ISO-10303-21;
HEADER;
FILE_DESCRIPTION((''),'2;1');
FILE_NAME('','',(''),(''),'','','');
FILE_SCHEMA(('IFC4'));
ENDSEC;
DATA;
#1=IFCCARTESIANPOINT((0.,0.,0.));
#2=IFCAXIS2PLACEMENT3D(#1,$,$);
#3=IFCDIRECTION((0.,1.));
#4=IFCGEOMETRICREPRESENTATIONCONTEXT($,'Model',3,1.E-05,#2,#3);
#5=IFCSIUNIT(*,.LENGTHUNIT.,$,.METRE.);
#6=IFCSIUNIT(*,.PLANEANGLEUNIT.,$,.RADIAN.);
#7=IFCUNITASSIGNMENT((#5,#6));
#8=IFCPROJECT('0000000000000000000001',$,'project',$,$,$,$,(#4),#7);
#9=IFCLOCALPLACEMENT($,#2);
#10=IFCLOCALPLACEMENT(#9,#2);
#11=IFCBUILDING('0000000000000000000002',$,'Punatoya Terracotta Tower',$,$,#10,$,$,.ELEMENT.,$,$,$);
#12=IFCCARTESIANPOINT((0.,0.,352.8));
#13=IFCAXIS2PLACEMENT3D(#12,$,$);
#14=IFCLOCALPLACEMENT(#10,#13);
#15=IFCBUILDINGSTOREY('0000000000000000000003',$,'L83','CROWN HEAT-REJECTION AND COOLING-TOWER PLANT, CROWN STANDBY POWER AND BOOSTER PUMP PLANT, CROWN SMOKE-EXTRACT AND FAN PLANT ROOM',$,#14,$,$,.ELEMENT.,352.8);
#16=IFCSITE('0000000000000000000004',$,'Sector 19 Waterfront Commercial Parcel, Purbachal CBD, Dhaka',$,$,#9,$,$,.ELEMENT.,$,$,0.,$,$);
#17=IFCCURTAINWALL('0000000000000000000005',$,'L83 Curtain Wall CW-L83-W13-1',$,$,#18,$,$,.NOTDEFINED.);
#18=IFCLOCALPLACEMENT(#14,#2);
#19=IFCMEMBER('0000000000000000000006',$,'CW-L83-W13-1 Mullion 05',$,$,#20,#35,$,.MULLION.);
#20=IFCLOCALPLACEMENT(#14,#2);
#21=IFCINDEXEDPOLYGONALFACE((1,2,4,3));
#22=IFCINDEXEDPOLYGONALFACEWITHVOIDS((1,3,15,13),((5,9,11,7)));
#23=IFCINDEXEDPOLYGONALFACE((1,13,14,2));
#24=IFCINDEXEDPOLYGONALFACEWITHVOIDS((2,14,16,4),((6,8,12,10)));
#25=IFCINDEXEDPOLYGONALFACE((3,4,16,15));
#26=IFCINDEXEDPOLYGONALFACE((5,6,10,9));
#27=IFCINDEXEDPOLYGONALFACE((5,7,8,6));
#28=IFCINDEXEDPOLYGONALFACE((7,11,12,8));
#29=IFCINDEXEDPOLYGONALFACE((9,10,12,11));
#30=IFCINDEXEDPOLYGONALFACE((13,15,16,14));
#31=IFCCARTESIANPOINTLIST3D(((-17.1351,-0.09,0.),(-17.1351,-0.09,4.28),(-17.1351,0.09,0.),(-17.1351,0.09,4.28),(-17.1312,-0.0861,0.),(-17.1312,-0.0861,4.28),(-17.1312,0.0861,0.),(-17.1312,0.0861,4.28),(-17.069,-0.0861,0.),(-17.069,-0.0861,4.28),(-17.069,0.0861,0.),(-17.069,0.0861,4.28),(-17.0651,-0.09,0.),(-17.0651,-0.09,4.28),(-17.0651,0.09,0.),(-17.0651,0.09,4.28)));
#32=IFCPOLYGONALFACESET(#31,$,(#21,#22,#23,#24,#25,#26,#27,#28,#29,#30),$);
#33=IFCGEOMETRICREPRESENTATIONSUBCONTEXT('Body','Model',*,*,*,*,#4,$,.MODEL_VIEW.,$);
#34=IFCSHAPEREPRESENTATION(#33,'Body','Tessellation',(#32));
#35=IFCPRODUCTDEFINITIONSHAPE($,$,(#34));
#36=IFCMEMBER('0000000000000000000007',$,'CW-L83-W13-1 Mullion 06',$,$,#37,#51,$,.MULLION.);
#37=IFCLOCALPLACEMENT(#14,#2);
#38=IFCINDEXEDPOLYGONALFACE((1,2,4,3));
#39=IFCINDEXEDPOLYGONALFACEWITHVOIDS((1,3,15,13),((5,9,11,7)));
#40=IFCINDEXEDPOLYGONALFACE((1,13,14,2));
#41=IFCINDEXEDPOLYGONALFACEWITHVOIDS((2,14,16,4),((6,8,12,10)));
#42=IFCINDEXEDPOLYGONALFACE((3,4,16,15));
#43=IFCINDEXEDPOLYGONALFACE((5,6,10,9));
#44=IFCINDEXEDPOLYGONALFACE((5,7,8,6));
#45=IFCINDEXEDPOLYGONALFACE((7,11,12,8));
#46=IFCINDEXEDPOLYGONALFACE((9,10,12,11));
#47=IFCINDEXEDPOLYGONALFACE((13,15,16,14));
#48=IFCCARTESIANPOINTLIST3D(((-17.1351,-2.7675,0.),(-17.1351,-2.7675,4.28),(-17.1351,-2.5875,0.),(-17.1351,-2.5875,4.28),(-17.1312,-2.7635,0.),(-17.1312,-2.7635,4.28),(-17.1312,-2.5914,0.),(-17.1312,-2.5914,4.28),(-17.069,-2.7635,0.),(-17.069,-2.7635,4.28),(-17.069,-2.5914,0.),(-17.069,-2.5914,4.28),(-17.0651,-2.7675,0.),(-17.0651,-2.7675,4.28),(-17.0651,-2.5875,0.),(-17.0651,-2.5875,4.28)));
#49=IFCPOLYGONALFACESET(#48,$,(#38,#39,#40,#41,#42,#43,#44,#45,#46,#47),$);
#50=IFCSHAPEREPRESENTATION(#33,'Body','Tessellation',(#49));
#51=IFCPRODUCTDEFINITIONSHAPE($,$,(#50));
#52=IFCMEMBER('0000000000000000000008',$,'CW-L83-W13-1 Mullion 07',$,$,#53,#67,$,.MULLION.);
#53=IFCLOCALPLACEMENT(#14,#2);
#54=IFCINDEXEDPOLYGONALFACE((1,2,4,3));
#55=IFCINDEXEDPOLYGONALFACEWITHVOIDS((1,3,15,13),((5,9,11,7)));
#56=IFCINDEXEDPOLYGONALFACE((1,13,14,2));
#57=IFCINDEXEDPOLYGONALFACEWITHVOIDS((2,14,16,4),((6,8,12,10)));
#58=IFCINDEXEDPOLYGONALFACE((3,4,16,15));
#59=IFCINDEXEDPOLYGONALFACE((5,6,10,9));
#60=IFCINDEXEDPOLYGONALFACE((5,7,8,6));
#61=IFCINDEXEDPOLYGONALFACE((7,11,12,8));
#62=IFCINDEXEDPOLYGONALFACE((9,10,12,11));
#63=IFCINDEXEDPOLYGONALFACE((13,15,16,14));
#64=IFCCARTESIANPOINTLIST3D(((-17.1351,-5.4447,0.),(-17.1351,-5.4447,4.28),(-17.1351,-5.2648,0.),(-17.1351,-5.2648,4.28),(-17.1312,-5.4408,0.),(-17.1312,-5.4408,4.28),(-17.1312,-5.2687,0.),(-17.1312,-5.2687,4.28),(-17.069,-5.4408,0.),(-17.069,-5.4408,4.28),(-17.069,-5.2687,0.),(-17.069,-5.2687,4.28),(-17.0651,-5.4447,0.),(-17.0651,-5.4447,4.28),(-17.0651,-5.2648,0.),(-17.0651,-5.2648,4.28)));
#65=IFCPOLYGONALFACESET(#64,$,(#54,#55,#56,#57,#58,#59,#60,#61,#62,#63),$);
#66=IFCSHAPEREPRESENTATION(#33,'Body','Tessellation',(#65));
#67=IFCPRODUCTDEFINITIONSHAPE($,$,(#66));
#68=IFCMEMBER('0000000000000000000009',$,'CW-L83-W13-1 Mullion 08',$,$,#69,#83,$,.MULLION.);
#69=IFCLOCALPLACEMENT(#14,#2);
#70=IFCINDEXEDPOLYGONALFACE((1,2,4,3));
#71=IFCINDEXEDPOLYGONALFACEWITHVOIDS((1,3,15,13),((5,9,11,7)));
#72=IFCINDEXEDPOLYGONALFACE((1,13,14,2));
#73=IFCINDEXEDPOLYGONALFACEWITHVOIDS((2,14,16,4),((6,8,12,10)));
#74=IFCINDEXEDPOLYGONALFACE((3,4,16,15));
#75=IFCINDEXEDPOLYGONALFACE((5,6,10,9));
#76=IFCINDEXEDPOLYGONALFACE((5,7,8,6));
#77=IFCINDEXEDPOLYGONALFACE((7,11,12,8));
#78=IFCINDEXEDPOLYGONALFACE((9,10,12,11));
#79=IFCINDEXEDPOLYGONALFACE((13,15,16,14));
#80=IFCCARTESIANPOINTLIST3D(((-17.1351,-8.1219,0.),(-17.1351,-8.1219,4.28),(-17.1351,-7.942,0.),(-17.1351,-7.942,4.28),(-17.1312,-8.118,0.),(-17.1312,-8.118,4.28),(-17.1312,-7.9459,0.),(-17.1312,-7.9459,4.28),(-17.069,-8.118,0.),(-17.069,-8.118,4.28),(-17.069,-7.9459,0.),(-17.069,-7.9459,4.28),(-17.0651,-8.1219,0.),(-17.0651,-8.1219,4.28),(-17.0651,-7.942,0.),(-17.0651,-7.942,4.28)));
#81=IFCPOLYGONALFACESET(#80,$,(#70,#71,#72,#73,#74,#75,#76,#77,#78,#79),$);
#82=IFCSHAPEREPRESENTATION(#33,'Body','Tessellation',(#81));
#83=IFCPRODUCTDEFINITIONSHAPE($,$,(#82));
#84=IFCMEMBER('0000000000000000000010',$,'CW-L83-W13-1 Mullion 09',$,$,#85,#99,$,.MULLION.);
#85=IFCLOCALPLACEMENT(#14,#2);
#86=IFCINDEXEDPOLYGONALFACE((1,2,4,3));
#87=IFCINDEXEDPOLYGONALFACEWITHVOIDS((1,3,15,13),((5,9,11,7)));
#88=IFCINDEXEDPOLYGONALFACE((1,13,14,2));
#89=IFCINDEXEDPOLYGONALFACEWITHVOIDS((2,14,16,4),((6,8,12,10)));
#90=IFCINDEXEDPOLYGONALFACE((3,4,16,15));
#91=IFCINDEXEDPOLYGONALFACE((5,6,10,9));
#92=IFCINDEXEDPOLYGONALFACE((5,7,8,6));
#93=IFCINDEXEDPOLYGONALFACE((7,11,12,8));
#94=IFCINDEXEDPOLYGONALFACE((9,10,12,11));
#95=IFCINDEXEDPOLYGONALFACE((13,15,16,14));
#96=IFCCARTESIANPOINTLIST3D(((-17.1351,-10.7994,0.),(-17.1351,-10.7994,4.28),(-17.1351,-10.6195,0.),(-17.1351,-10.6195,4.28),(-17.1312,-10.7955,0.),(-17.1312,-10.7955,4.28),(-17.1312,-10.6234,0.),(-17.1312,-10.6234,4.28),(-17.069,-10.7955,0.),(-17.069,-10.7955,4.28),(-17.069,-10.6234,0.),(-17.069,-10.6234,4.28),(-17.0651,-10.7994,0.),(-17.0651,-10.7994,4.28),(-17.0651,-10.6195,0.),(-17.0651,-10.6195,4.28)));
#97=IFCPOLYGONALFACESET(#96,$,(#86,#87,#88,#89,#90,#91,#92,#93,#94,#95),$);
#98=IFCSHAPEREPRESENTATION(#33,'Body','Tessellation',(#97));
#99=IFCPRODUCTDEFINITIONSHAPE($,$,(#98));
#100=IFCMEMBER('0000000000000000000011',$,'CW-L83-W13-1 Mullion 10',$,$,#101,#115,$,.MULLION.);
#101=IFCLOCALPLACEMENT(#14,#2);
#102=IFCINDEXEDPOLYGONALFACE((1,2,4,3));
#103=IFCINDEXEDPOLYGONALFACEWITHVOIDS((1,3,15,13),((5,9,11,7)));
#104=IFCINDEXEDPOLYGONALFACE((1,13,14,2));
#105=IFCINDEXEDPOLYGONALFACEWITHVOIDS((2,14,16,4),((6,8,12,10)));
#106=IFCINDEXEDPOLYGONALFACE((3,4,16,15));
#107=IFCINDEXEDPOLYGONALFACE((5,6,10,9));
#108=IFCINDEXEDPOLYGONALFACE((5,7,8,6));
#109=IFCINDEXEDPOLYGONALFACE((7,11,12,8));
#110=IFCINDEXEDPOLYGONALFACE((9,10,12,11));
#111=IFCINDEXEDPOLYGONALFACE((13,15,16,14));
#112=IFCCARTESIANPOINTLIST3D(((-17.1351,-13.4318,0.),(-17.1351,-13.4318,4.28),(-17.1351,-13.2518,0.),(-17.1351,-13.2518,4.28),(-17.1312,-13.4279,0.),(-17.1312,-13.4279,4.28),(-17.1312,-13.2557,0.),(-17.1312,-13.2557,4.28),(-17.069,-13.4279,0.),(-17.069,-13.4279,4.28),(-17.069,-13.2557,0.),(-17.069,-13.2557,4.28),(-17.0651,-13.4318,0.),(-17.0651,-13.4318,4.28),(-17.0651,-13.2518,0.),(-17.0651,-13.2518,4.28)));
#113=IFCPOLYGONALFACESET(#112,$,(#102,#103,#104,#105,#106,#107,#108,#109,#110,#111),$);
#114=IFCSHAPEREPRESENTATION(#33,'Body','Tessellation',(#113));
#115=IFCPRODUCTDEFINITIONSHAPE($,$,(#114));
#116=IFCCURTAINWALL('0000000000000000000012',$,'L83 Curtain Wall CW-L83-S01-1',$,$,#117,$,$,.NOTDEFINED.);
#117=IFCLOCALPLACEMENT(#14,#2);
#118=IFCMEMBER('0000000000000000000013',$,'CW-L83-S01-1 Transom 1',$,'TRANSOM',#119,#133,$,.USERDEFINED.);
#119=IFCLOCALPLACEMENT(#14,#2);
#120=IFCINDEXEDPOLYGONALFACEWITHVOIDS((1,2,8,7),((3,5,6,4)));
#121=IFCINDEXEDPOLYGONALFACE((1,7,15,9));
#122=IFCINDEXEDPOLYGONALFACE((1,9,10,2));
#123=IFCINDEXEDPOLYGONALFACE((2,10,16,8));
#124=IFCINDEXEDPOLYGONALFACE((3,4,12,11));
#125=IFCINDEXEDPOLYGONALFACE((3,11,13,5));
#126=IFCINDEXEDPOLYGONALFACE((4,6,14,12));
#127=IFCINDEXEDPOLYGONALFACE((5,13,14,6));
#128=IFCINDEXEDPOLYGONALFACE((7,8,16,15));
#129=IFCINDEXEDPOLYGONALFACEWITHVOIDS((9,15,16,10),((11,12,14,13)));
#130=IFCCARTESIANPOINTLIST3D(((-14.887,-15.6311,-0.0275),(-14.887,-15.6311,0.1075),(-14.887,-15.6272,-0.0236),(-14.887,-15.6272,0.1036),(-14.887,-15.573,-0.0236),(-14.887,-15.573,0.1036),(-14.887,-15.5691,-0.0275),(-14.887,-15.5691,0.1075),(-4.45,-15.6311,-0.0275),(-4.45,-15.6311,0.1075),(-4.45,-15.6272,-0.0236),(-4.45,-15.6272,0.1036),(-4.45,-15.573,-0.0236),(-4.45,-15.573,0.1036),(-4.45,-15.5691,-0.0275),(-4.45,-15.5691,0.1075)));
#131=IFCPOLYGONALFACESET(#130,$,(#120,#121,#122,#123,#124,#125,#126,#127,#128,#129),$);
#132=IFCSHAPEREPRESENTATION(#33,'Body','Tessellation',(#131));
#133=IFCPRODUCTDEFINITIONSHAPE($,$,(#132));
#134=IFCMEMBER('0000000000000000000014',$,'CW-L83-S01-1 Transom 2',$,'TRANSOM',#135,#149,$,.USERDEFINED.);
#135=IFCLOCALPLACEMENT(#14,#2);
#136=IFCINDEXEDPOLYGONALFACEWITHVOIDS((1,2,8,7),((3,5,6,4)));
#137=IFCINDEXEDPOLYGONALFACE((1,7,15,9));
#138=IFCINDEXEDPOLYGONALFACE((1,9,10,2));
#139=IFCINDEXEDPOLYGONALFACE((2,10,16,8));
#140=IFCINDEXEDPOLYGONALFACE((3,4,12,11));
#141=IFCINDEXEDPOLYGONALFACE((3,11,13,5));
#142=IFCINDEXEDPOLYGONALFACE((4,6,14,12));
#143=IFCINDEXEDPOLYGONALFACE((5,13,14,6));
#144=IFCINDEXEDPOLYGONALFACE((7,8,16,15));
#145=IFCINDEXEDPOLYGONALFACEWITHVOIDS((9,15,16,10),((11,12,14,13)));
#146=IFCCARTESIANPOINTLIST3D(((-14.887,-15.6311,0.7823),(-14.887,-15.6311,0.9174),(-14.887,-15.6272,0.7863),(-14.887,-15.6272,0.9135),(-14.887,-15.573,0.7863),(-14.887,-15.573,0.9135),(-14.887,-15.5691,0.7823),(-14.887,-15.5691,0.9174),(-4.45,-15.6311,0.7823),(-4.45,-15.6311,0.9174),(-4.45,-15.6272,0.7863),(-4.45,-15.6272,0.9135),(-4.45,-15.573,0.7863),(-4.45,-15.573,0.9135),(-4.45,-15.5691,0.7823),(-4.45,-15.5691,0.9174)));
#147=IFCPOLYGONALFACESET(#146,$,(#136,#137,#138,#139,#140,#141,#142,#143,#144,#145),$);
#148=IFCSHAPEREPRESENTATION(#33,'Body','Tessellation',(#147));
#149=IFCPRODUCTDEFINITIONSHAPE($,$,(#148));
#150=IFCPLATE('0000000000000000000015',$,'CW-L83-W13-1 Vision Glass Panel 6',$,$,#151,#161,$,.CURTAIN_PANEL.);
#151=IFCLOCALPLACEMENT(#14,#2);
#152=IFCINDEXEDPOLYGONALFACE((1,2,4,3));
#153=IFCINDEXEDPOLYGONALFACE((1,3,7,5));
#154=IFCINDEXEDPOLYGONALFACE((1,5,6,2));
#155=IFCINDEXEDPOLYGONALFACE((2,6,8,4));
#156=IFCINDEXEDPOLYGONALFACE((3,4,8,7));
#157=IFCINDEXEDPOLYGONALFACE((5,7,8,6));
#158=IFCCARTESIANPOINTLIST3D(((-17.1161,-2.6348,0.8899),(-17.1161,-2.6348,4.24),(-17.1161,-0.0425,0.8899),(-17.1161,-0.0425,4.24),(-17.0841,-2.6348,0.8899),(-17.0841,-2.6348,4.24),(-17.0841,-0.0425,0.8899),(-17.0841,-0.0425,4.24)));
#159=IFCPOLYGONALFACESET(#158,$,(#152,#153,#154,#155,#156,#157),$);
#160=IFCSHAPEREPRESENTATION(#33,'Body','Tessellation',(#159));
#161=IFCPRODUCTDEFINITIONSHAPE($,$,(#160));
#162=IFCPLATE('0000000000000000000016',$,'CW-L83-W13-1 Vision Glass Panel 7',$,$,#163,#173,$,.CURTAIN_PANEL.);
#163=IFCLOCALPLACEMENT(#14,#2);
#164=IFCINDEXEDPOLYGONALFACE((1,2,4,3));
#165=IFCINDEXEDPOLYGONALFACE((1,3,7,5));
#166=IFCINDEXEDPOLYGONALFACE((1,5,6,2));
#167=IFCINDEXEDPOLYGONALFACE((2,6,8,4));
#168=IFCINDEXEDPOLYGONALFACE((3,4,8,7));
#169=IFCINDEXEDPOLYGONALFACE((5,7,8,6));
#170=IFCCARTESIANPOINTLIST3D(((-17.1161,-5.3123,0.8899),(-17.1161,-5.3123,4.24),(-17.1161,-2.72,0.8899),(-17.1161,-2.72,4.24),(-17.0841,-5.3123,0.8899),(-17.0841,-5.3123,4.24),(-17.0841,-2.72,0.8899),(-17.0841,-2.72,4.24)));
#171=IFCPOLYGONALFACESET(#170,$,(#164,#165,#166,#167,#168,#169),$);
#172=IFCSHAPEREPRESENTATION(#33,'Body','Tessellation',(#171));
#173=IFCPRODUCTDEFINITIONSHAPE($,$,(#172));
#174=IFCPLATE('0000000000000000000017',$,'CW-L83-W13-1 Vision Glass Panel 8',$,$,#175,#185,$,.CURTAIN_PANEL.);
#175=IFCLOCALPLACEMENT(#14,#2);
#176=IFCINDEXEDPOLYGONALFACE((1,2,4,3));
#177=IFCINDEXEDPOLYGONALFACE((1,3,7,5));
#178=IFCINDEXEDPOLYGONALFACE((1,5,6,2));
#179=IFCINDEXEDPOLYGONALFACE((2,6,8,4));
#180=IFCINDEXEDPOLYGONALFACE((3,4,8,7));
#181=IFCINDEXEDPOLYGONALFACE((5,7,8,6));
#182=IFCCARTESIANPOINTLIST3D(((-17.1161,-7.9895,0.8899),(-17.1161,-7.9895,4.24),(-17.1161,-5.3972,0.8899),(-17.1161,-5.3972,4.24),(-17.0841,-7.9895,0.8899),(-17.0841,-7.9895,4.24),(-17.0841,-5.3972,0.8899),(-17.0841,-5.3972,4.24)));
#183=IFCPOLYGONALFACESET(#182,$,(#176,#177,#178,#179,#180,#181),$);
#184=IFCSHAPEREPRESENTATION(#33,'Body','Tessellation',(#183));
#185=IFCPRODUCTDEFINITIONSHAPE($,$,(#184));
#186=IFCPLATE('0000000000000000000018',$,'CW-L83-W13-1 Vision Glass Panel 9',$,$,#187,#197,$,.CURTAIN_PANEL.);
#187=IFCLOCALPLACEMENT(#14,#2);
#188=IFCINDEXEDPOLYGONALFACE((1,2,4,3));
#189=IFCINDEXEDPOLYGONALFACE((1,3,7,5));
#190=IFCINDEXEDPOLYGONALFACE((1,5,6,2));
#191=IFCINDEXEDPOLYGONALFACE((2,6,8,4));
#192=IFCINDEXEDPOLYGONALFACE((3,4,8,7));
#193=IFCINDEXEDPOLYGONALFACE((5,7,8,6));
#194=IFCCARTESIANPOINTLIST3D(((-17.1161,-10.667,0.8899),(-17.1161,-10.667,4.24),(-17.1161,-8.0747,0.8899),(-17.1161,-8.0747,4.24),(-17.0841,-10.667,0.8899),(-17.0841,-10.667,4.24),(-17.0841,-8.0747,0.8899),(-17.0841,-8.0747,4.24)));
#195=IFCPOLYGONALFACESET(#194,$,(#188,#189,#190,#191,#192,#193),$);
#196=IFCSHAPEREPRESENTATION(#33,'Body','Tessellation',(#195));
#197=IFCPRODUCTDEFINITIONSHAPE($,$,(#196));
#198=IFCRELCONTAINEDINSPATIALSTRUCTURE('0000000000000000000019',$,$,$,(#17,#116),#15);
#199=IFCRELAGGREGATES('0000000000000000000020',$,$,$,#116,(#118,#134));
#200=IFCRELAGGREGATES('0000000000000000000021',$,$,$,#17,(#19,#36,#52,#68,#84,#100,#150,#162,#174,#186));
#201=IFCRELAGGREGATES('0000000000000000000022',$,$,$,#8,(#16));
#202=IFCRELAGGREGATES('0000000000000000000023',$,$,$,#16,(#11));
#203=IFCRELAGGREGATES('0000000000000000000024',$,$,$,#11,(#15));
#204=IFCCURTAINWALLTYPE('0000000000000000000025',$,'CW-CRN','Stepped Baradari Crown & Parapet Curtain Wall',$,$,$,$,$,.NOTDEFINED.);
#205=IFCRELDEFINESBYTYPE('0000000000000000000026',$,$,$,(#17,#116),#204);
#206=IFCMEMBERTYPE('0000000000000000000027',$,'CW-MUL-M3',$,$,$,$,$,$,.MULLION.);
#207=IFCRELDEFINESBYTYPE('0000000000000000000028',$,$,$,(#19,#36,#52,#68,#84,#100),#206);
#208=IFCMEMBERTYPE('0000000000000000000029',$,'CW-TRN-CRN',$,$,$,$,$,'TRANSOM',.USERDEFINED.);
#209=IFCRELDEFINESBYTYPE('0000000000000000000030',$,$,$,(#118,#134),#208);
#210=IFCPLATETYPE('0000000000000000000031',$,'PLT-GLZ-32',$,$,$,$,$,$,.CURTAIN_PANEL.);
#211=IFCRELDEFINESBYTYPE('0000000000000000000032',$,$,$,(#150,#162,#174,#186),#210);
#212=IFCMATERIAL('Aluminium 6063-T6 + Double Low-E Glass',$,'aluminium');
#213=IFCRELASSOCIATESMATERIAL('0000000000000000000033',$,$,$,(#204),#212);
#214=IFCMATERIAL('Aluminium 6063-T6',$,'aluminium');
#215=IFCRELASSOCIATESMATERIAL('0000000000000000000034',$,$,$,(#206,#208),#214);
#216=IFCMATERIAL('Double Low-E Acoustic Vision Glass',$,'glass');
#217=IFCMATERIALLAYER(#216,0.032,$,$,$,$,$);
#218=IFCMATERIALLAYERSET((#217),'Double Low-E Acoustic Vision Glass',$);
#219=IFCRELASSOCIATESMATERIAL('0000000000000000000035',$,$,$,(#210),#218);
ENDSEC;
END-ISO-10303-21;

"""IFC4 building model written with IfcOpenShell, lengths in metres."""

from ifc_helpers import new_model, si_unit, direction, frame, origin, origin_2d, place, context, subcontext, project, spatial, rectangle, hollow_rectangle, extrude, material, layer, layer_set, material_profile, profile_set, type_object, element, aggregate, save


model = new_model("IFC4")

# Units and contexts
model_context = context("Model", 3, precision=1e-05, world=origin(), true_north=direction((0.0, 1.0)))
body_context = subcontext(model_context, "Body", "Model", "MODEL_VIEW")
ifc_project = project(units=[si_unit("LENGTHUNIT", "METRE"), si_unit("PLANEANGLEUNIT", "RADIAN")], contexts=[model_context])

# Site, building, storey
site_placement = place(None, origin())
site = spatial("IfcSite", under=ifc_project, at=site_placement, Name="Sector 19 Waterfront Commercial Parcel, Purbachal CBD, Dhaka", CompositionType="ELEMENT", RefElevation=0.0)
building_placement = place(site_placement, origin())
building = spatial("IfcBuilding", under=site, at=building_placement, Name="Punatoya Terracotta Tower", CompositionType="ELEMENT")
storey_placement = place(building_placement, frame((0.0, 0.0, 352.8)))
storey = spatial("IfcBuildingStorey", under=building, at=storey_placement, Name="L83", Description="CROWN HEAT-REJECTION AND COOLING-TOWER PLANT, CROWN STANDBY POWER AND BOOSTER PUMP PLANT, CROWN SMOKE-EXTRACT AND FAN PLANT ROOM", CompositionType="ELEMENT", Elevation=352.8)

# Curtain walls, members
ifc_material_1 = material(Name="Aluminium 6063-T6 + Double Low-E Glass", Category="aluminium")
curtain_wall_type = type_object("IfcCurtainWallType", Name="CW-CRN", Description="Stepped Baradari Crown & Parapet Curtain Wall", PredefinedType="NOTDEFINED", material=ifc_material_1)
curtain_wall_1_placement = place(storey_placement, origin())
curtain_wall_1 = element("IfcCurtainWall", 1, at=curtain_wall_1_placement, inside=storey, type_object=curtain_wall_type, Name="L83 Curtain Wall CW-L83-W13-1", PredefinedType="NOTDEFINED")
ifc_material_2 = material(Name="Aluminium 6063-T6", Category="aluminium")
ifc_material_profile_1 = material_profile(ifc_material_2, hollow_rectangle(XDim=0.0701, YDim=0.1799, WallThickness=0.0039, at=origin_2d()))
ifc_profile_set_1 = profile_set([ifc_material_profile_1], Name="Aluminium 6063-T6")
member_type_1 = type_object("IfcMemberType", Name="CW-MUL-M3", PredefinedType="MULLION", material=ifc_profile_set_1)
member_1_placement = place(storey_placement, frame((-17.1001, 0.0, 0.0), z_axis=(0.0, 0.0, 1.0), x_axis=(1.0, 0.0, 0.0)))
member_1 = element("IfcMember", 2, at=member_1_placement, type_object=member_type_1, Name="CW-L83-W13-1 Mullion 05", PredefinedType="MULLION", context=body_context, shape_type="SweptSolid", body=[
    extrude(hollow_rectangle(XDim=0.0701, YDim=0.1799, WallThickness=0.0039, at=origin_2d()), origin(), (0.0, 0.0, 1.0), 4.28),
])
member_2_placement = place(storey_placement, frame((-17.1001, -2.6775, 0.0), z_axis=(0.0, 0.0, 1.0), x_axis=(1.0, 0.0, 0.0)))
member_2 = element("IfcMember", 3, at=member_2_placement, type_object=member_type_1, Name="CW-L83-W13-1 Mullion 06", PredefinedType="MULLION", context=body_context, shape_type="SweptSolid", body=[
    extrude(hollow_rectangle(XDim=0.0701, YDim=0.1799, WallThickness=0.0039, at=origin_2d()), origin(), (0.0, 0.0, 1.0), 4.28),
])
member_3_placement = place(storey_placement, frame((-17.1001, -5.3547, 0.0), z_axis=(0.0, 0.0, 1.0), x_axis=(1.0, 0.0, 0.0)))
member_3 = element("IfcMember", 4, at=member_3_placement, type_object=member_type_1, Name="CW-L83-W13-1 Mullion 07", PredefinedType="MULLION", context=body_context, shape_type="SweptSolid", body=[
    extrude(hollow_rectangle(XDim=0.0701, YDim=0.1799, WallThickness=0.0039, at=origin_2d()), origin(), (0.0, 0.0, 1.0), 4.28),
])
member_4_placement = place(storey_placement, frame((-17.1001, -8.032, 0.0), z_axis=(0.0, 0.0, 1.0), x_axis=(1.0, 0.0, 0.0)))
member_4 = element("IfcMember", 5, at=member_4_placement, type_object=member_type_1, Name="CW-L83-W13-1 Mullion 08", PredefinedType="MULLION", context=body_context, shape_type="SweptSolid", body=[
    extrude(hollow_rectangle(XDim=0.0701, YDim=0.1799, WallThickness=0.0039, at=origin_2d()), origin(), (0.0, 0.0, 1.0), 4.28),
])
member_5_placement = place(storey_placement, frame((-17.1001, -10.7095, 0.0), z_axis=(0.0, 0.0, 1.0), x_axis=(1.0, 0.0, 0.0)))
member_5 = element("IfcMember", 6, at=member_5_placement, type_object=member_type_1, Name="CW-L83-W13-1 Mullion 09", PredefinedType="MULLION", context=body_context, shape_type="SweptSolid", body=[
    extrude(hollow_rectangle(XDim=0.0701, YDim=0.1799, WallThickness=0.0039, at=origin_2d()), origin(), (0.0, 0.0, 1.0), 4.28),
])
member_6_placement = place(storey_placement, frame((-17.1001, -13.3418, 0.0), z_axis=(0.0, 0.0, 1.0), x_axis=(1.0, 0.0, 0.0)))
member_6 = element("IfcMember", 7, at=member_6_placement, type_object=member_type_1, Name="CW-L83-W13-1 Mullion 10", PredefinedType="MULLION", context=body_context, shape_type="SweptSolid", body=[
    extrude(hollow_rectangle(XDim=0.0701, YDim=0.1799, WallThickness=0.0039, at=origin_2d()), origin(), (0.0, 0.0, 1.0), 4.28),
])
curtain_wall_2_placement = place(storey_placement, origin())
curtain_wall_2 = element("IfcCurtainWall", 8, at=curtain_wall_2_placement, inside=storey, type_object=curtain_wall_type, Name="L83 Curtain Wall CW-L83-S01-1", PredefinedType="NOTDEFINED")
ifc_material_profile_2 = material_profile(ifc_material_2, hollow_rectangle(XDim=0.062, YDim=0.135, WallThickness=0.0039, at=origin_2d()))
ifc_profile_set_2 = profile_set([ifc_material_profile_2], Name="Aluminium 6063-T6")
member_type_2 = type_object("IfcMemberType", Name="CW-TRN-CRN", ElementType="TRANSOM", PredefinedType="USERDEFINED", material=ifc_profile_set_2)
member_7_placement = place(storey_placement, frame((-14.887, -15.6001, 0.04), z_axis=(1.0, 0.0, 0.0), x_axis=(0.0, 1.0, 0.0)))
member_7 = element("IfcMember", 9, at=member_7_placement, type_object=member_type_2, Name="CW-L83-S01-1 Transom 1", ObjectType="TRANSOM", PredefinedType="USERDEFINED", context=body_context, shape_type="SweptSolid", body=[
    extrude(hollow_rectangle(XDim=0.062, YDim=0.135, WallThickness=0.0039, at=origin_2d()), origin(), (0.0, 0.0, 1.0), 10.437),
])
member_8_placement = place(storey_placement, frame((-14.887, -15.6001, 0.8499), z_axis=(1.0, 0.0, 0.0), x_axis=(0.0, 1.0, 0.0)))
member_8 = element("IfcMember", 10, at=member_8_placement, type_object=member_type_2, Name="CW-L83-S01-1 Transom 2", ObjectType="TRANSOM", PredefinedType="USERDEFINED", context=body_context, shape_type="SweptSolid", body=[
    extrude(hollow_rectangle(XDim=0.062, YDim=0.135, WallThickness=0.0039, at=origin_2d()), origin(), (0.0, 0.0, 1.0), 10.437),
])
aggregate(curtain_wall_2, [member_7, member_8])

# Plates
ifc_material_3 = material(Name="Double Low-E Acoustic Vision Glass", Category="glass")
ifc_layer_1 = layer(ifc_material_3, 0.032)
ifc_layer_set_1 = layer_set([ifc_layer_1], Name="Double Low-E Acoustic Vision Glass")
plate_type_1 = type_object("IfcPlateType", Name="PLT-GLZ-32", PredefinedType="CURTAIN_PANEL", material=ifc_layer_set_1)
plate_1_placement = place(storey_placement, frame((-17.1001, -1.3386, 0.8899), z_axis=(0.0, 0.0, 1.0), x_axis=(0.0, -1.0, 0.0)))
plate_1 = element("IfcPlate", 11, at=plate_1_placement, type_object=plate_type_1, Name="CW-L83-W13-1 Vision Glass Panel 6", PredefinedType="CURTAIN_PANEL", context=body_context, shape_type="SweptSolid", body=[
    extrude(rectangle(XDim=2.5923, YDim=0.032, at=origin_2d()), origin(), (0.0, 0.0, 1.0), 3.3501),
])
plate_2_placement = place(storey_placement, frame((-17.1001, -4.0161, 0.8899), z_axis=(0.0, 0.0, 1.0), x_axis=(0.0, -1.0, 0.0)))
plate_2 = element("IfcPlate", 12, at=plate_2_placement, type_object=plate_type_1, Name="CW-L83-W13-1 Vision Glass Panel 7", PredefinedType="CURTAIN_PANEL", context=body_context, shape_type="SweptSolid", body=[
    extrude(rectangle(XDim=2.5923, YDim=0.032, at=origin_2d()), origin(), (0.0, 0.0, 1.0), 3.3501),
])
plate_3_placement = place(storey_placement, frame((-17.1001, -6.6934, 0.8899), z_axis=(0.0, 0.0, 1.0), x_axis=(0.0, -1.0, 0.0)))
plate_3 = element("IfcPlate", 13, at=plate_3_placement, type_object=plate_type_1, Name="CW-L83-W13-1 Vision Glass Panel 8", PredefinedType="CURTAIN_PANEL", context=body_context, shape_type="SweptSolid", body=[
    extrude(rectangle(XDim=2.5923, YDim=0.032, at=origin_2d()), origin(), (0.0, 0.0, 1.0), 3.3501),
])
plate_4_placement = place(storey_placement, frame((-17.1001, -9.3708, 0.8899), z_axis=(0.0, 0.0, 1.0), x_axis=(0.0, -1.0, 0.0)))
plate_4 = element("IfcPlate", 14, at=plate_4_placement, type_object=plate_type_1, Name="CW-L83-W13-1 Vision Glass Panel 9", PredefinedType="CURTAIN_PANEL", context=body_context, shape_type="SweptSolid", body=[
    extrude(rectangle(XDim=2.5923, YDim=0.032, at=origin_2d()), origin(), (0.0, 0.0, 1.0), 3.3501),
])
aggregate(curtain_wall_1, [member_1, member_2, member_3, member_4, member_5, member_6, plate_1, plate_2, plate_3, plate_4])

save(model, "model.ifc")
